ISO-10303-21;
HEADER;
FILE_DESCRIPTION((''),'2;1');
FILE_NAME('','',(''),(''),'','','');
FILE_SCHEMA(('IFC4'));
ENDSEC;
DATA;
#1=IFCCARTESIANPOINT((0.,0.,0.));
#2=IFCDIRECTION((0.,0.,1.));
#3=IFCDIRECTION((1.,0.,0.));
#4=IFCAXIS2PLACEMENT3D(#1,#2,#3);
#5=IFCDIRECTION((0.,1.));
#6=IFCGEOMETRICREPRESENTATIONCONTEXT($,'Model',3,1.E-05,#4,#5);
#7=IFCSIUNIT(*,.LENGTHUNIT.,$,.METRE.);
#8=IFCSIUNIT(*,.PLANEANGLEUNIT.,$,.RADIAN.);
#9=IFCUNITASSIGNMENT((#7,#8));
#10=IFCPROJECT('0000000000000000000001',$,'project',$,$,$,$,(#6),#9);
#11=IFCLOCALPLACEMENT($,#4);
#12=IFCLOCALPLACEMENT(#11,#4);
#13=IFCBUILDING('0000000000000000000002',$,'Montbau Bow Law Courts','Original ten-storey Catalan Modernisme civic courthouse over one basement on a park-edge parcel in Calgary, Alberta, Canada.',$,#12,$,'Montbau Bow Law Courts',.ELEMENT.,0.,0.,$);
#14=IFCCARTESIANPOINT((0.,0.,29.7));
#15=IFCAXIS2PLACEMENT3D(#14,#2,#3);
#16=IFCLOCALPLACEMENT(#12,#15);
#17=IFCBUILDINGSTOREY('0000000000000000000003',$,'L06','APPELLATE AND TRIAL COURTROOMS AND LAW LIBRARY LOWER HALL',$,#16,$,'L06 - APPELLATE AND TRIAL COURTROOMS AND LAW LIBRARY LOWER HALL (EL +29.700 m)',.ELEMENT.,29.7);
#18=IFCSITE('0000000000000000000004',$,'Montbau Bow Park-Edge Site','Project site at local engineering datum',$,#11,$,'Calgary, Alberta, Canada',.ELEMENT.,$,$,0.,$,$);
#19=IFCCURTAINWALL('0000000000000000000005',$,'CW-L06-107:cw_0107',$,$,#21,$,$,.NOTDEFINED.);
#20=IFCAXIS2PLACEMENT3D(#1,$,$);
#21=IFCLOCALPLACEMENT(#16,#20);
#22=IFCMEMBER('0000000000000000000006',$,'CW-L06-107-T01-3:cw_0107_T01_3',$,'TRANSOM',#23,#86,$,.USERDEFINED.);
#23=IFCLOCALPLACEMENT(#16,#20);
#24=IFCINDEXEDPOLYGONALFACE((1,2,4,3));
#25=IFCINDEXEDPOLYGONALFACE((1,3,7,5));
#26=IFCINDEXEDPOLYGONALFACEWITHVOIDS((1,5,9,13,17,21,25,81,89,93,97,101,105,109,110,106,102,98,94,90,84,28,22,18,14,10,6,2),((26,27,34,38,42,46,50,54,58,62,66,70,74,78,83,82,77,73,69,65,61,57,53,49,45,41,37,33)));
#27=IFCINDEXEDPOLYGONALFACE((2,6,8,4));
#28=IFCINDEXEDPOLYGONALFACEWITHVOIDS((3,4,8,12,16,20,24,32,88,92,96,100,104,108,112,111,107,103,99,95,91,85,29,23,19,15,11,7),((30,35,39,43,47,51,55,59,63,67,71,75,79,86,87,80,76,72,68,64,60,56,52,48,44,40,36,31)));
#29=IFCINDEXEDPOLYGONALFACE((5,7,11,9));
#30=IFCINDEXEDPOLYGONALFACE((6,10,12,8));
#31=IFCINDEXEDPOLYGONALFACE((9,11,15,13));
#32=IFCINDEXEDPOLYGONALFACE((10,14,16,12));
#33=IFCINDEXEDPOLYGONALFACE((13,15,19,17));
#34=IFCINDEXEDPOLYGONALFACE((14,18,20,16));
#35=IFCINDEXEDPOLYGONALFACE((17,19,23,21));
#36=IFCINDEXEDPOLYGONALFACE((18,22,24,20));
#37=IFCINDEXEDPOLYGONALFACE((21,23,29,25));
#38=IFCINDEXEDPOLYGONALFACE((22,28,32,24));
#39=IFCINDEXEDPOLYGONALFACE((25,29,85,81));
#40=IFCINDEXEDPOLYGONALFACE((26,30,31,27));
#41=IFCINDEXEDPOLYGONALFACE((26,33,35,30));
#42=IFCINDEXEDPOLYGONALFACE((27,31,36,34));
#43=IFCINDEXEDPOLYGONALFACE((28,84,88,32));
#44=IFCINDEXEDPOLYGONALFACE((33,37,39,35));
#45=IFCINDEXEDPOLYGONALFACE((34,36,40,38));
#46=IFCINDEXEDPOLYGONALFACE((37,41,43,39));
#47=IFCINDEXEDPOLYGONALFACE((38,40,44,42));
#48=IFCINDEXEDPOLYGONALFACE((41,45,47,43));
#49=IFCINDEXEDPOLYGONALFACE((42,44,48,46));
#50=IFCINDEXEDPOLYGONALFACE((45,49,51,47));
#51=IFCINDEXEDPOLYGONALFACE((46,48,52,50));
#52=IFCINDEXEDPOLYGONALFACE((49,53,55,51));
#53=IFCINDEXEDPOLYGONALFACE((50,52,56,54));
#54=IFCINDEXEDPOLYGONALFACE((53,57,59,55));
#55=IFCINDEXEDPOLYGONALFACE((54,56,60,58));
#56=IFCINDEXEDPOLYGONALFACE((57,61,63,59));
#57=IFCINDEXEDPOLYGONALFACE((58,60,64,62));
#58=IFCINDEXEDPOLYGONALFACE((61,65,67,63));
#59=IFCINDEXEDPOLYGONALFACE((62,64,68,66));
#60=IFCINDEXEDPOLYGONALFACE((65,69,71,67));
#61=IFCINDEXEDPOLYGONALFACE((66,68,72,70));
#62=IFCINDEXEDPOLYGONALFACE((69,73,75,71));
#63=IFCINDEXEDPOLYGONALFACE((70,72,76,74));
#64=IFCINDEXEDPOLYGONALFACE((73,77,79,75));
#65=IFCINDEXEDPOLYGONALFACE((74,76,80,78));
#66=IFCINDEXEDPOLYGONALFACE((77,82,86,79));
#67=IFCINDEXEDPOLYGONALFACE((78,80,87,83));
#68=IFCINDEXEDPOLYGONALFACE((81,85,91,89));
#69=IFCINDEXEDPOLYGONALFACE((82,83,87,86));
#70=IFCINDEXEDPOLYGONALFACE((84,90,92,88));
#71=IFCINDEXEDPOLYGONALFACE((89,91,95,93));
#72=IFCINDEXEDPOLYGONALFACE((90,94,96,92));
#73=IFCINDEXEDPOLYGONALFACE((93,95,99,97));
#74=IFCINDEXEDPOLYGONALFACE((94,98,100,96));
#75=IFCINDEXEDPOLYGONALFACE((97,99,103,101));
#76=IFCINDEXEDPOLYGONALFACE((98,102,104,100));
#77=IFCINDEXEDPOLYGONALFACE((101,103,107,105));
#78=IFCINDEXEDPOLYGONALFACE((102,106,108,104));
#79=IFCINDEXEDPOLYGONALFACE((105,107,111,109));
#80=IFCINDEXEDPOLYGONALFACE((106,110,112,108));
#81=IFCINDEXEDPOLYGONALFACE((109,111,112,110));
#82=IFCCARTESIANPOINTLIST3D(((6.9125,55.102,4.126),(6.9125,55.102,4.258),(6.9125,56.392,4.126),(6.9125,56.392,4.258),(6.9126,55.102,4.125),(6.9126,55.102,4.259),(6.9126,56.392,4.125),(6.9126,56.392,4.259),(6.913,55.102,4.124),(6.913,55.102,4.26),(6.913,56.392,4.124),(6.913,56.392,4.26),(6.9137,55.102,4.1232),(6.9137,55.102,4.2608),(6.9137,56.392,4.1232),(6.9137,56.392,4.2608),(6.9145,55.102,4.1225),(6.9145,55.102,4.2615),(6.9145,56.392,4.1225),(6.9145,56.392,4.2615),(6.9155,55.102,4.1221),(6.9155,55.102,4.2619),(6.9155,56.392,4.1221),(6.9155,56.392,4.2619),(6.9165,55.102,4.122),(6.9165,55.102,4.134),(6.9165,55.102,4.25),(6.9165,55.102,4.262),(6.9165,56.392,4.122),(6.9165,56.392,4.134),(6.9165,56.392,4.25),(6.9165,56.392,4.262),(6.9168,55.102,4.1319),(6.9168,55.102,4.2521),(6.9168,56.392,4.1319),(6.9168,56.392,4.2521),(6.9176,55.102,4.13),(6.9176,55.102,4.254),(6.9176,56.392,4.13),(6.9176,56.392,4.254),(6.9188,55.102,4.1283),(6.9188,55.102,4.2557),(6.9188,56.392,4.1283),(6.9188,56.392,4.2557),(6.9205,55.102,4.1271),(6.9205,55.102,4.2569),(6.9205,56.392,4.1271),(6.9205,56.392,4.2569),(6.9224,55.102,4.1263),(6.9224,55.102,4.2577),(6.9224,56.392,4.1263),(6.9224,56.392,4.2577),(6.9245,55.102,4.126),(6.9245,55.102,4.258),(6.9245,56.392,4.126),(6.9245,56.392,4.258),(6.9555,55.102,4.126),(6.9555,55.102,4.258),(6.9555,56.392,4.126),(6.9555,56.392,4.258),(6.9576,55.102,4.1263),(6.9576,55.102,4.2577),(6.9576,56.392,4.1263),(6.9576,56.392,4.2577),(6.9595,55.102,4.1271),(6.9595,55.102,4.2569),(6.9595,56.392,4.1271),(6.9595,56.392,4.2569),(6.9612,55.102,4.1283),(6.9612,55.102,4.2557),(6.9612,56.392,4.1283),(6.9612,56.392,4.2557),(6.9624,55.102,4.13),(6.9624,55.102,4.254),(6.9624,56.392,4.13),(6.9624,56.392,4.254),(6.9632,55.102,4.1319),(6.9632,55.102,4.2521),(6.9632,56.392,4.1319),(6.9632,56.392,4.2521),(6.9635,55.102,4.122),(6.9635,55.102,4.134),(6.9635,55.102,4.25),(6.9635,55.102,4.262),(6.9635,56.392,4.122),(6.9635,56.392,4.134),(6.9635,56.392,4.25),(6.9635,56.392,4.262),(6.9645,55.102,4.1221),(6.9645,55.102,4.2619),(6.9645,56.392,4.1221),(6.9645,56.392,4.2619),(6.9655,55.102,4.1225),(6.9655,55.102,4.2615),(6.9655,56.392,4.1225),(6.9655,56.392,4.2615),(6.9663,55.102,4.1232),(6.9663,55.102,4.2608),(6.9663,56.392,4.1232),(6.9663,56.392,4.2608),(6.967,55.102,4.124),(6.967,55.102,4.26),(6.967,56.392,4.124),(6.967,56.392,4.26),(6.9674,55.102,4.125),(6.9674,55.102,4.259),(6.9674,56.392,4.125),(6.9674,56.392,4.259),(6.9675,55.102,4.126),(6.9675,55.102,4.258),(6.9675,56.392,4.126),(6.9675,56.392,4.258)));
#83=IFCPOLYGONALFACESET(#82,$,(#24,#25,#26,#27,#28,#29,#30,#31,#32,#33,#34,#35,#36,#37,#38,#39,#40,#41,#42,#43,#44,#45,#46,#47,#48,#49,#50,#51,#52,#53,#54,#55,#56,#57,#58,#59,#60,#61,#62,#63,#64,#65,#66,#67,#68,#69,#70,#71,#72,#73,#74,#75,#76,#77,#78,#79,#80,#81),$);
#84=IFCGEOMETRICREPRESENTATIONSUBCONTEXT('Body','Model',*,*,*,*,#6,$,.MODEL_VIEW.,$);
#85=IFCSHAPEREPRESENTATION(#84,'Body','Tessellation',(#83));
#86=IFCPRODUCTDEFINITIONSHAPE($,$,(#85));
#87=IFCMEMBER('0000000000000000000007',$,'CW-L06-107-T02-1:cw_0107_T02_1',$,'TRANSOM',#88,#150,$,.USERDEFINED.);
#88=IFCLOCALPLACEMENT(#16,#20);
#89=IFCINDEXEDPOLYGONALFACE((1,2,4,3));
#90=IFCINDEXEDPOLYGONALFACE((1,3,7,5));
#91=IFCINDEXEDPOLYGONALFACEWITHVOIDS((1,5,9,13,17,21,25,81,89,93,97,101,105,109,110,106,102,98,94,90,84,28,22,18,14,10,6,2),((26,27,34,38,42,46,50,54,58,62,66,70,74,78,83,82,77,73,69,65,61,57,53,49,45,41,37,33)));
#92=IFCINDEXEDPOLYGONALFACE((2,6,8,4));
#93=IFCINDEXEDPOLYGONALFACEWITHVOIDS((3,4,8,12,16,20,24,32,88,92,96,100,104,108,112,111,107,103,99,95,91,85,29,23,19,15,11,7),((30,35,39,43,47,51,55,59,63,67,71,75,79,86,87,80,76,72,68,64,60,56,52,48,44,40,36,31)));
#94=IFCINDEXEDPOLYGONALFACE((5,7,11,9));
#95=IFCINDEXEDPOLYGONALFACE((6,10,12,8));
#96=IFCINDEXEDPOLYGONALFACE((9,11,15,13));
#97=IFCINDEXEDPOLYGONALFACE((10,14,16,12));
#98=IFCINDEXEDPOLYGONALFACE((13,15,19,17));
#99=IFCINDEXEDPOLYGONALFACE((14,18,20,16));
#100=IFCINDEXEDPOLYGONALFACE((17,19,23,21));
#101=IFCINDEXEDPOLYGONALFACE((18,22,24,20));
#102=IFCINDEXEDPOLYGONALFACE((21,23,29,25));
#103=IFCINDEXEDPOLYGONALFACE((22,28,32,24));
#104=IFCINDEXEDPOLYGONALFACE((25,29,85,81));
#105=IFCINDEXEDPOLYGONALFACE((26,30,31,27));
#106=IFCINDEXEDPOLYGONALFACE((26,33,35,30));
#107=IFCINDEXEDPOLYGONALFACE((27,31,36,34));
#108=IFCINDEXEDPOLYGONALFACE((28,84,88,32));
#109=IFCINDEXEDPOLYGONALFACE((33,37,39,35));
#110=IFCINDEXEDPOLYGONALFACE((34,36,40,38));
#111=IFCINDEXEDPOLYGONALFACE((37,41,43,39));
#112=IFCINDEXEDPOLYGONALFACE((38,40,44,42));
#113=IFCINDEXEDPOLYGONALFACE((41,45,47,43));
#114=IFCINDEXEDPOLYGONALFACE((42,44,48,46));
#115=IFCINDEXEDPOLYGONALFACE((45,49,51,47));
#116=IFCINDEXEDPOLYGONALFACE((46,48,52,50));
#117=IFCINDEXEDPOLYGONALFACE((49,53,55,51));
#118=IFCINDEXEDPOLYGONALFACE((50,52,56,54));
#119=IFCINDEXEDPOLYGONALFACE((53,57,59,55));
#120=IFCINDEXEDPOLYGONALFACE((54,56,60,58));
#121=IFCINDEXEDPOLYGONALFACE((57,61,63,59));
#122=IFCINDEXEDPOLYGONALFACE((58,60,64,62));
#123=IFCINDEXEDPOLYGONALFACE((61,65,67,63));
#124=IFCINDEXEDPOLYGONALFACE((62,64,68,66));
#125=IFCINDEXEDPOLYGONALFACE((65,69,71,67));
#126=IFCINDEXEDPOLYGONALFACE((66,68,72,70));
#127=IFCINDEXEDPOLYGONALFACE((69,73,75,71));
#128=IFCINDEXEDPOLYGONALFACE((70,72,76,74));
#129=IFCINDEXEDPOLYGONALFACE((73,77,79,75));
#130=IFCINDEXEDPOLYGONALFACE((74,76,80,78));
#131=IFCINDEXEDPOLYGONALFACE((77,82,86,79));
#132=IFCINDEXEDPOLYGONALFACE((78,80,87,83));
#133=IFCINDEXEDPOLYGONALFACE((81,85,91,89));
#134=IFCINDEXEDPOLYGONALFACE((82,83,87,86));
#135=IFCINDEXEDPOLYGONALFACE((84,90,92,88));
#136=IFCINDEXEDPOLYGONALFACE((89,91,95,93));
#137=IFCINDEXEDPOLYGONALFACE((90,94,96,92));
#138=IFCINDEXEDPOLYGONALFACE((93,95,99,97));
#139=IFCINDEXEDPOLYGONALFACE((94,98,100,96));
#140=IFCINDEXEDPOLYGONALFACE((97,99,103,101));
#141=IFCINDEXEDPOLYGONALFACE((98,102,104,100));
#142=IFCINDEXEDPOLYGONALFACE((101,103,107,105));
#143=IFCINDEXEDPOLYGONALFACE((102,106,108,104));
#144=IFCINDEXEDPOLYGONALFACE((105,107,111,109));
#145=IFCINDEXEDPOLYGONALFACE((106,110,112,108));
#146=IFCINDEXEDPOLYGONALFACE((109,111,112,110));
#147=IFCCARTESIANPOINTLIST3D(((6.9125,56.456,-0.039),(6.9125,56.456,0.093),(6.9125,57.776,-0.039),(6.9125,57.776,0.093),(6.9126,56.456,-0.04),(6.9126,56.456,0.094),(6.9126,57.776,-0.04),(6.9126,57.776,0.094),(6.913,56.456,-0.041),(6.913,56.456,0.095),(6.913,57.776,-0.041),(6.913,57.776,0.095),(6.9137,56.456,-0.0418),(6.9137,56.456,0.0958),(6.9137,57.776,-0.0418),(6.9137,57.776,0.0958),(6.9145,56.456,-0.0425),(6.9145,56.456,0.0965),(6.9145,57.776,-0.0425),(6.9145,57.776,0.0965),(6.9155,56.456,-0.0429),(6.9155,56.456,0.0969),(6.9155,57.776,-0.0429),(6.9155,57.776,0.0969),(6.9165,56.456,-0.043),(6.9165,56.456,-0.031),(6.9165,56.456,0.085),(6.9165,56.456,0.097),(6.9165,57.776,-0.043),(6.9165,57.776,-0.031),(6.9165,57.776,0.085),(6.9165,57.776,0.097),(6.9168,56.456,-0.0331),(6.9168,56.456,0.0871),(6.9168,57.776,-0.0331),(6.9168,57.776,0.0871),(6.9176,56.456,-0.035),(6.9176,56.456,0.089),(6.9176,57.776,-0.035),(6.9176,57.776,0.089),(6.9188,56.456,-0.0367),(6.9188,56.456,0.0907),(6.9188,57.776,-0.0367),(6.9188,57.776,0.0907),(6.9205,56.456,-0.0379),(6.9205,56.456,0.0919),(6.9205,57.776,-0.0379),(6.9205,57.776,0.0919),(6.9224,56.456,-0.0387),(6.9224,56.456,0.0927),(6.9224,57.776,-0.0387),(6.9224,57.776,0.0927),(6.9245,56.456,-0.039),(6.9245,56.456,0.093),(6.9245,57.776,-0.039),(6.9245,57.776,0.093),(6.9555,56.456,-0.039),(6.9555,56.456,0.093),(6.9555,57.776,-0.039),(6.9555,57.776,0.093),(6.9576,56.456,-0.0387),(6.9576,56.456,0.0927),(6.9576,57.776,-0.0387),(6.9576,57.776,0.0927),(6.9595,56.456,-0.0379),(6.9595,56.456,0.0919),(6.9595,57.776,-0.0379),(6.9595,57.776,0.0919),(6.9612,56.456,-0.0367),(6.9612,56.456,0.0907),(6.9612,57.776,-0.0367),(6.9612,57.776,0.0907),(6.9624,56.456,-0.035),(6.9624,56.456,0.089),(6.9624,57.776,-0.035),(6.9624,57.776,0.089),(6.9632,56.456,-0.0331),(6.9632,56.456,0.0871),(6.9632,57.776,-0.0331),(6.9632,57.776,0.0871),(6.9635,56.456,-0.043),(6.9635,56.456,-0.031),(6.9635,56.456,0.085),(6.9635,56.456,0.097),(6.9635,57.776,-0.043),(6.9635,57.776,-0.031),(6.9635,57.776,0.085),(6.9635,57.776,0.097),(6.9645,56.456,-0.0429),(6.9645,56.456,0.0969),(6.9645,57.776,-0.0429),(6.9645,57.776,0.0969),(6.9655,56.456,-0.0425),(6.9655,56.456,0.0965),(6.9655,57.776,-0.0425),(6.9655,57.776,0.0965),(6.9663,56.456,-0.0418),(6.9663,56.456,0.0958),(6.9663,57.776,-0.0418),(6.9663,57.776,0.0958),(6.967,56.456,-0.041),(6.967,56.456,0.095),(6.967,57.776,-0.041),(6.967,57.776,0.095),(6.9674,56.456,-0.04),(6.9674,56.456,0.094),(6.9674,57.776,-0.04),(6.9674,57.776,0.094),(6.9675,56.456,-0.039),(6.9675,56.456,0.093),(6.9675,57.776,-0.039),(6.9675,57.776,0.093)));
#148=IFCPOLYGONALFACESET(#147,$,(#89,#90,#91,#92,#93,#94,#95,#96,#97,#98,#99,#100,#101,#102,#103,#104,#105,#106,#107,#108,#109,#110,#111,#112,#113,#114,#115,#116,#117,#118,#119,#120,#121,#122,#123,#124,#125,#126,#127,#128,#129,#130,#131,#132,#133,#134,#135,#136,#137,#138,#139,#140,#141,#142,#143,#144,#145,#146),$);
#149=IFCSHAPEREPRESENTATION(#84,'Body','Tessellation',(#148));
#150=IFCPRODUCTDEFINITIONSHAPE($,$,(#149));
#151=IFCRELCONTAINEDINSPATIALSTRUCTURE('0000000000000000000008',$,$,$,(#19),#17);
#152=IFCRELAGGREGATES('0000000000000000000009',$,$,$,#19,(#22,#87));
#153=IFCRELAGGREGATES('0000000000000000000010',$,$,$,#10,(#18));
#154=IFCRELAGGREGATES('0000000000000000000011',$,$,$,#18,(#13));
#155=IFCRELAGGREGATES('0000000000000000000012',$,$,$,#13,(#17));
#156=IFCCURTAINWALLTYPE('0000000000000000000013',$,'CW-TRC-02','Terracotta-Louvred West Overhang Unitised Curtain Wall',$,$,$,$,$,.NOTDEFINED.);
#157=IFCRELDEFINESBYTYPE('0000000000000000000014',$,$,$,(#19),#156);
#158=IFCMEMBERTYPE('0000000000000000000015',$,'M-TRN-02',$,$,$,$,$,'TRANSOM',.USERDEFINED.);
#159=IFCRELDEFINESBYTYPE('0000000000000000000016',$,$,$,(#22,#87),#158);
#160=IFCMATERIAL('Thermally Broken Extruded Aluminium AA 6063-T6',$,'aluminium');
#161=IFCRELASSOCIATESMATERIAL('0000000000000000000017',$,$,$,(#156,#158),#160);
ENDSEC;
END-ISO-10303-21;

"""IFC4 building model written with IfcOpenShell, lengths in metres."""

from ifc_helpers import new_model, si_unit, direction, frame, origin_with_axes, origin_2d_with_axis, place, context, subcontext, project, spatial, hollow_rectangle, extrude, material, material_profile, profile_set, type_object, element, aggregate, save


model = new_model("IFC4")

# Units and contexts
model_context = context("Model", 3, precision=1e-05, world=origin_with_axes(), true_north=direction((0.0, 1.0)))
body_context = subcontext(model_context, "Body", "Model", "MODEL_VIEW")
ifc_project = project(units=[si_unit("LENGTHUNIT", "METRE"), si_unit("PLANEANGLEUNIT", "RADIAN")], contexts=[model_context])

# Site, building, storey
site_placement = place(None, origin_with_axes())
site = spatial("IfcSite", under=ifc_project, at=site_placement, Name="Montbau Bow Park-Edge Site", Description="Project site at local engineering datum", LongName="Calgary, Alberta, Canada", CompositionType="ELEMENT", RefElevation=0.0)
building_placement = place(site_placement, origin_with_axes())
building = spatial("IfcBuilding", under=site, at=building_placement, Name="Montbau Bow Law Courts", Description="Original ten-storey Catalan Modernisme civic courthouse over one basement on a park-edge parcel in Calgary, Alberta, Canada.", LongName="Montbau Bow Law Courts", CompositionType="ELEMENT", ElevationOfRefHeight=0.0, ElevationOfTerrain=0.0)
storey_placement = place(building_placement, frame((0.0, 0.0, 29.7), z_axis=(0.0, 0.0, 1.0), x_axis=(1.0, 0.0, 0.0)))
storey = spatial("IfcBuildingStorey", under=building, at=storey_placement, Name="L06", Description="APPELLATE AND TRIAL COURTROOMS AND LAW LIBRARY LOWER HALL", LongName="L06 - APPELLATE AND TRIAL COURTROOMS AND LAW LIBRARY LOWER HALL (EL +29.700 m)", CompositionType="ELEMENT", Elevation=29.7)

# Curtain wall
ifc_material_1 = material(Name="Thermally Broken Extruded Aluminium AA 6063-T6", Category="aluminium")
curtain_wall_type = type_object("IfcCurtainWallType", Name="CW-TRC-02", Description="Terracotta-Louvred West Overhang Unitised Curtain Wall", PredefinedType="NOTDEFINED", material=ifc_material_1)
curtain_wall_1_placement = place(None, frame((6.94, 55.04, 29.7), z_axis=(0.0, 0.0, 1.0), x_axis=(1.0, 0.0, 0.0)))
curtain_wall_1 = element("IfcCurtainWall", 1, at=curtain_wall_1_placement, inside=storey, type_object=curtain_wall_type, Name="CW-L06-107:cw_0107", PredefinedType="NOTDEFINED")

# Members
ifc_material_profile_1 = material_profile(ifc_material_1, hollow_rectangle(XDim=0.055, YDim=0.14, WallThickness=0.004, InnerFilletRadius=0.008, OuterFilletRadius=0.004, at=origin_2d_with_axis()), Name="CWT-140X55", Category="Main", Priority=0)
ifc_profile_set_1 = profile_set([ifc_material_profile_1], Name="Thermally Broken Extruded Aluminium AA 6063-T6")
member_type_1 = type_object("IfcMemberType", Name="M-TRN-02", ElementType="TRANSOM", PredefinedType="USERDEFINED", material=ifc_profile_set_1)
member_1_placement = place(None, frame((6.94, 55.102, 33.892), z_axis=(0.0, 1.0, 0.0), x_axis=(-1.0, 0.0, 0.0)))
member_1 = element("IfcMember", 2, at=member_1_placement, type_object=member_type_1, Name="CW-L06-107-T01-3:cw_0107_T01_3", ObjectType="TRANSOM", PredefinedType="USERDEFINED", context=body_context, shape_type="SweptSolid", body=[
    extrude(hollow_rectangle(XDim=0.055, YDim=0.14, WallThickness=0.004, InnerFilletRadius=0.008, OuterFilletRadius=0.004, at=origin_2d_with_axis()), origin_with_axes(), (0.0, 0.0, 1.0), 1.29),
])
member_2_placement = place(None, frame((6.94, 56.456, 29.727), z_axis=(0.0, 1.0, 0.0), x_axis=(-1.0, 0.0, 0.0)))
member_2 = element("IfcMember", 3, at=member_2_placement, type_object=member_type_1, Name="CW-L06-107-T02-1:cw_0107_T02_1", ObjectType="TRANSOM", PredefinedType="USERDEFINED", context=body_context, shape_type="SweptSolid", body=[
    extrude(hollow_rectangle(XDim=0.055, YDim=0.14, WallThickness=0.004, InnerFilletRadius=0.008, OuterFilletRadius=0.004, at=origin_2d_with_axis()), origin_with_axes(), (0.0, 0.0, 1.0), 1.32),
])

aggregate(curtain_wall_1, [member_1, member_2])

save(model, "model.ifc")
